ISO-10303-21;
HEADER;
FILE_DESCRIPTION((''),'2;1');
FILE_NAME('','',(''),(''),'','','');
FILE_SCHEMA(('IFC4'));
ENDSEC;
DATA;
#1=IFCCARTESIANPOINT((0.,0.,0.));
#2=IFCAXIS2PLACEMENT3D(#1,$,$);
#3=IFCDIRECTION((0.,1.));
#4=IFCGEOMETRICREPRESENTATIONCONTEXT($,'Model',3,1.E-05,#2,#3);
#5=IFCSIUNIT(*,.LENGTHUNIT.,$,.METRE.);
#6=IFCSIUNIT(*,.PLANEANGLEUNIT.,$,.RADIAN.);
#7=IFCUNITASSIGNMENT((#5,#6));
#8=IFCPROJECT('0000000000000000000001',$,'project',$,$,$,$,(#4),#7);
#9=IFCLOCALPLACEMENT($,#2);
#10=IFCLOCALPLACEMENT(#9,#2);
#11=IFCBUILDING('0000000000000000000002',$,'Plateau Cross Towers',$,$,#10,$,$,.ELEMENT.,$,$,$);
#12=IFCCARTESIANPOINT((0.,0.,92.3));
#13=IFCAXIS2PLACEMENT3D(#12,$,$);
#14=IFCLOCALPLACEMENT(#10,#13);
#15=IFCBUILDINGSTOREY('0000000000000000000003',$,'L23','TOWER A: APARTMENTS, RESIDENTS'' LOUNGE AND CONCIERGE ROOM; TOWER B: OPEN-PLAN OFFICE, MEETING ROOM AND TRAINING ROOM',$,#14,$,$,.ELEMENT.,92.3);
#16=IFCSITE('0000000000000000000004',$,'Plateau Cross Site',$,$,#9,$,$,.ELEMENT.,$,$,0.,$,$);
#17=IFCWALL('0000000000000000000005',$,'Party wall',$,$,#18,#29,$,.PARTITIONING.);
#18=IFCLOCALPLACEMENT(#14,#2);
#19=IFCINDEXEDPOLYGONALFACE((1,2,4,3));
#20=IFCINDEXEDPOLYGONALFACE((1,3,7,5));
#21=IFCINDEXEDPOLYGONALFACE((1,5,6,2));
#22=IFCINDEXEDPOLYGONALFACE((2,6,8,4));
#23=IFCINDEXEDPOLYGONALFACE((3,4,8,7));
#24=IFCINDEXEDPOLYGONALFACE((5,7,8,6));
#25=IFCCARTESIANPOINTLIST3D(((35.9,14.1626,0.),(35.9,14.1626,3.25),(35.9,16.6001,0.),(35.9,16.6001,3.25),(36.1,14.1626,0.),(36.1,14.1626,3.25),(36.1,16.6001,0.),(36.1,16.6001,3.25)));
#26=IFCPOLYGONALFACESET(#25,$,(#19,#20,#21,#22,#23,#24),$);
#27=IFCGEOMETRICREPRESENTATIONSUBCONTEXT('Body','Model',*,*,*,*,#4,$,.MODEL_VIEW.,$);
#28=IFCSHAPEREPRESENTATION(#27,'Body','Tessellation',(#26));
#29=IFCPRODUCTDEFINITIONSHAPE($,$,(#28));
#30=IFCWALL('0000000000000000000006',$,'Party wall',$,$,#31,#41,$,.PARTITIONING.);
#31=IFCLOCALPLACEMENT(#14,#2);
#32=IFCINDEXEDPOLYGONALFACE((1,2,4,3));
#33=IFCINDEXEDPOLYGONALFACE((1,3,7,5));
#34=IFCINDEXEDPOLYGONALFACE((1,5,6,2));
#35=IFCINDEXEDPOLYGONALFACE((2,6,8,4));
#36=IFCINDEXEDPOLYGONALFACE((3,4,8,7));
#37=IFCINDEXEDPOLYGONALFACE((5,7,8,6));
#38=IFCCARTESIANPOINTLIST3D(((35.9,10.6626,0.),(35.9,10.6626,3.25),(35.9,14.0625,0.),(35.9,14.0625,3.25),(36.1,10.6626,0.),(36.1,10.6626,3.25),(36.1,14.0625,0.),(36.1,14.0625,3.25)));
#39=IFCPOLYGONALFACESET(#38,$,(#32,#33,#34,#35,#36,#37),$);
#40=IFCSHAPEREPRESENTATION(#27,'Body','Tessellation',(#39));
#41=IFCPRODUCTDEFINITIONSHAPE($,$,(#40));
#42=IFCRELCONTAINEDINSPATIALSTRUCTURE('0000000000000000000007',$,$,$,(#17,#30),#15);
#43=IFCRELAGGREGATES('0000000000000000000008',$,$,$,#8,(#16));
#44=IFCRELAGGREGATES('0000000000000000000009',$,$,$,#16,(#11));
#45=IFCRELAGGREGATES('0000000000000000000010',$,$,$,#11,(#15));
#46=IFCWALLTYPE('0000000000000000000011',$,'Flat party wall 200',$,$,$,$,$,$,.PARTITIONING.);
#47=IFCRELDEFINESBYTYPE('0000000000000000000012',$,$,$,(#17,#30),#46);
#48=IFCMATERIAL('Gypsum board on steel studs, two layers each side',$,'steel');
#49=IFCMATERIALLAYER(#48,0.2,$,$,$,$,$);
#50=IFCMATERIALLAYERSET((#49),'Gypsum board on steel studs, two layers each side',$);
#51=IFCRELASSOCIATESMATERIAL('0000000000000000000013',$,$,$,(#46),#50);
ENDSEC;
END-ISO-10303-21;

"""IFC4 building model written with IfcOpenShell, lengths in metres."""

from ifc_helpers import new_model, si_unit, direction, frame, frame_2d, origin, place, context, subcontext, project, spatial, rectangle, extrude, material, layer, layer_set, type_object, element, save


model = new_model("IFC4")

# Units and contexts
model_context = context("Model", 3, precision=1e-05, world=origin(), true_north=direction((0.0, 1.0)))
body_context = subcontext(model_context, "Body", "Model", "MODEL_VIEW")
ifc_project = project(units=[si_unit("LENGTHUNIT", "METRE"), si_unit("PLANEANGLEUNIT", "RADIAN")], contexts=[model_context])

# Site, building, storey
site_placement = place(None, origin())
site = spatial("IfcSite", under=ifc_project, at=site_placement, Name="Plateau Cross Site", CompositionType="ELEMENT", RefElevation=0.0)
building_placement = place(site_placement, origin())
building = spatial("IfcBuilding", under=site, at=building_placement, Name="Plateau Cross Towers", CompositionType="ELEMENT")
storey_placement = place(building_placement, frame((0.0, 0.0, 92.3)))
storey = spatial("IfcBuildingStorey", under=building, at=storey_placement, Name="L23", Description="TOWER A: APARTMENTS, RESIDENTS' LOUNGE AND CONCIERGE ROOM; TOWER B: OPEN-PLAN OFFICE, MEETING ROOM AND TRAINING ROOM", CompositionType="ELEMENT", Elevation=92.3)

# Walls
ifc_material_1 = material(Name="Gypsum board on steel studs, two layers each side", Category="steel")
ifc_layer_1 = layer(ifc_material_1, 0.2)
ifc_layer_set_1 = layer_set([ifc_layer_1], Name="Gypsum board on steel studs, two layers each side")
wall_type_1 = type_object("IfcWallType", Name="Flat party wall 200", PredefinedType="PARTITIONING", material=ifc_layer_set_1)
wall_1_placement = place(storey_placement, frame((36.0, 16.6001, 0.0), z_axis=(0.0, 0.0, 1.0), x_axis=(0.0, -1.0, 0.0)))
element("IfcWall", 1, at=wall_1_placement, inside=storey, type_object=wall_type_1, Name="Party wall", PredefinedType="PARTITIONING", context=body_context, shape_type="SweptSolid", body=[
    extrude(rectangle(XDim=2.4375, YDim=0.2, at=frame_2d((1.2188, 0.0))), origin(), (0.0, 0.0, 1.0), 3.25),
])
wall_2_placement = place(storey_placement, frame((36.0, 10.6626, 0.0), z_axis=(0.0, 0.0, 1.0), x_axis=(0.0, 1.0, 0.0)))
element("IfcWall", 2, at=wall_2_placement, inside=storey, type_object=wall_type_1, Name="Party wall", PredefinedType="PARTITIONING", context=body_context, shape_type="SweptSolid", body=[
    extrude(rectangle(XDim=3.3999, YDim=0.2, at=frame_2d((1.7, 0.0))), origin(), (0.0, 0.0, 1.0), 3.25),
])

save(model, "model.ifc")
